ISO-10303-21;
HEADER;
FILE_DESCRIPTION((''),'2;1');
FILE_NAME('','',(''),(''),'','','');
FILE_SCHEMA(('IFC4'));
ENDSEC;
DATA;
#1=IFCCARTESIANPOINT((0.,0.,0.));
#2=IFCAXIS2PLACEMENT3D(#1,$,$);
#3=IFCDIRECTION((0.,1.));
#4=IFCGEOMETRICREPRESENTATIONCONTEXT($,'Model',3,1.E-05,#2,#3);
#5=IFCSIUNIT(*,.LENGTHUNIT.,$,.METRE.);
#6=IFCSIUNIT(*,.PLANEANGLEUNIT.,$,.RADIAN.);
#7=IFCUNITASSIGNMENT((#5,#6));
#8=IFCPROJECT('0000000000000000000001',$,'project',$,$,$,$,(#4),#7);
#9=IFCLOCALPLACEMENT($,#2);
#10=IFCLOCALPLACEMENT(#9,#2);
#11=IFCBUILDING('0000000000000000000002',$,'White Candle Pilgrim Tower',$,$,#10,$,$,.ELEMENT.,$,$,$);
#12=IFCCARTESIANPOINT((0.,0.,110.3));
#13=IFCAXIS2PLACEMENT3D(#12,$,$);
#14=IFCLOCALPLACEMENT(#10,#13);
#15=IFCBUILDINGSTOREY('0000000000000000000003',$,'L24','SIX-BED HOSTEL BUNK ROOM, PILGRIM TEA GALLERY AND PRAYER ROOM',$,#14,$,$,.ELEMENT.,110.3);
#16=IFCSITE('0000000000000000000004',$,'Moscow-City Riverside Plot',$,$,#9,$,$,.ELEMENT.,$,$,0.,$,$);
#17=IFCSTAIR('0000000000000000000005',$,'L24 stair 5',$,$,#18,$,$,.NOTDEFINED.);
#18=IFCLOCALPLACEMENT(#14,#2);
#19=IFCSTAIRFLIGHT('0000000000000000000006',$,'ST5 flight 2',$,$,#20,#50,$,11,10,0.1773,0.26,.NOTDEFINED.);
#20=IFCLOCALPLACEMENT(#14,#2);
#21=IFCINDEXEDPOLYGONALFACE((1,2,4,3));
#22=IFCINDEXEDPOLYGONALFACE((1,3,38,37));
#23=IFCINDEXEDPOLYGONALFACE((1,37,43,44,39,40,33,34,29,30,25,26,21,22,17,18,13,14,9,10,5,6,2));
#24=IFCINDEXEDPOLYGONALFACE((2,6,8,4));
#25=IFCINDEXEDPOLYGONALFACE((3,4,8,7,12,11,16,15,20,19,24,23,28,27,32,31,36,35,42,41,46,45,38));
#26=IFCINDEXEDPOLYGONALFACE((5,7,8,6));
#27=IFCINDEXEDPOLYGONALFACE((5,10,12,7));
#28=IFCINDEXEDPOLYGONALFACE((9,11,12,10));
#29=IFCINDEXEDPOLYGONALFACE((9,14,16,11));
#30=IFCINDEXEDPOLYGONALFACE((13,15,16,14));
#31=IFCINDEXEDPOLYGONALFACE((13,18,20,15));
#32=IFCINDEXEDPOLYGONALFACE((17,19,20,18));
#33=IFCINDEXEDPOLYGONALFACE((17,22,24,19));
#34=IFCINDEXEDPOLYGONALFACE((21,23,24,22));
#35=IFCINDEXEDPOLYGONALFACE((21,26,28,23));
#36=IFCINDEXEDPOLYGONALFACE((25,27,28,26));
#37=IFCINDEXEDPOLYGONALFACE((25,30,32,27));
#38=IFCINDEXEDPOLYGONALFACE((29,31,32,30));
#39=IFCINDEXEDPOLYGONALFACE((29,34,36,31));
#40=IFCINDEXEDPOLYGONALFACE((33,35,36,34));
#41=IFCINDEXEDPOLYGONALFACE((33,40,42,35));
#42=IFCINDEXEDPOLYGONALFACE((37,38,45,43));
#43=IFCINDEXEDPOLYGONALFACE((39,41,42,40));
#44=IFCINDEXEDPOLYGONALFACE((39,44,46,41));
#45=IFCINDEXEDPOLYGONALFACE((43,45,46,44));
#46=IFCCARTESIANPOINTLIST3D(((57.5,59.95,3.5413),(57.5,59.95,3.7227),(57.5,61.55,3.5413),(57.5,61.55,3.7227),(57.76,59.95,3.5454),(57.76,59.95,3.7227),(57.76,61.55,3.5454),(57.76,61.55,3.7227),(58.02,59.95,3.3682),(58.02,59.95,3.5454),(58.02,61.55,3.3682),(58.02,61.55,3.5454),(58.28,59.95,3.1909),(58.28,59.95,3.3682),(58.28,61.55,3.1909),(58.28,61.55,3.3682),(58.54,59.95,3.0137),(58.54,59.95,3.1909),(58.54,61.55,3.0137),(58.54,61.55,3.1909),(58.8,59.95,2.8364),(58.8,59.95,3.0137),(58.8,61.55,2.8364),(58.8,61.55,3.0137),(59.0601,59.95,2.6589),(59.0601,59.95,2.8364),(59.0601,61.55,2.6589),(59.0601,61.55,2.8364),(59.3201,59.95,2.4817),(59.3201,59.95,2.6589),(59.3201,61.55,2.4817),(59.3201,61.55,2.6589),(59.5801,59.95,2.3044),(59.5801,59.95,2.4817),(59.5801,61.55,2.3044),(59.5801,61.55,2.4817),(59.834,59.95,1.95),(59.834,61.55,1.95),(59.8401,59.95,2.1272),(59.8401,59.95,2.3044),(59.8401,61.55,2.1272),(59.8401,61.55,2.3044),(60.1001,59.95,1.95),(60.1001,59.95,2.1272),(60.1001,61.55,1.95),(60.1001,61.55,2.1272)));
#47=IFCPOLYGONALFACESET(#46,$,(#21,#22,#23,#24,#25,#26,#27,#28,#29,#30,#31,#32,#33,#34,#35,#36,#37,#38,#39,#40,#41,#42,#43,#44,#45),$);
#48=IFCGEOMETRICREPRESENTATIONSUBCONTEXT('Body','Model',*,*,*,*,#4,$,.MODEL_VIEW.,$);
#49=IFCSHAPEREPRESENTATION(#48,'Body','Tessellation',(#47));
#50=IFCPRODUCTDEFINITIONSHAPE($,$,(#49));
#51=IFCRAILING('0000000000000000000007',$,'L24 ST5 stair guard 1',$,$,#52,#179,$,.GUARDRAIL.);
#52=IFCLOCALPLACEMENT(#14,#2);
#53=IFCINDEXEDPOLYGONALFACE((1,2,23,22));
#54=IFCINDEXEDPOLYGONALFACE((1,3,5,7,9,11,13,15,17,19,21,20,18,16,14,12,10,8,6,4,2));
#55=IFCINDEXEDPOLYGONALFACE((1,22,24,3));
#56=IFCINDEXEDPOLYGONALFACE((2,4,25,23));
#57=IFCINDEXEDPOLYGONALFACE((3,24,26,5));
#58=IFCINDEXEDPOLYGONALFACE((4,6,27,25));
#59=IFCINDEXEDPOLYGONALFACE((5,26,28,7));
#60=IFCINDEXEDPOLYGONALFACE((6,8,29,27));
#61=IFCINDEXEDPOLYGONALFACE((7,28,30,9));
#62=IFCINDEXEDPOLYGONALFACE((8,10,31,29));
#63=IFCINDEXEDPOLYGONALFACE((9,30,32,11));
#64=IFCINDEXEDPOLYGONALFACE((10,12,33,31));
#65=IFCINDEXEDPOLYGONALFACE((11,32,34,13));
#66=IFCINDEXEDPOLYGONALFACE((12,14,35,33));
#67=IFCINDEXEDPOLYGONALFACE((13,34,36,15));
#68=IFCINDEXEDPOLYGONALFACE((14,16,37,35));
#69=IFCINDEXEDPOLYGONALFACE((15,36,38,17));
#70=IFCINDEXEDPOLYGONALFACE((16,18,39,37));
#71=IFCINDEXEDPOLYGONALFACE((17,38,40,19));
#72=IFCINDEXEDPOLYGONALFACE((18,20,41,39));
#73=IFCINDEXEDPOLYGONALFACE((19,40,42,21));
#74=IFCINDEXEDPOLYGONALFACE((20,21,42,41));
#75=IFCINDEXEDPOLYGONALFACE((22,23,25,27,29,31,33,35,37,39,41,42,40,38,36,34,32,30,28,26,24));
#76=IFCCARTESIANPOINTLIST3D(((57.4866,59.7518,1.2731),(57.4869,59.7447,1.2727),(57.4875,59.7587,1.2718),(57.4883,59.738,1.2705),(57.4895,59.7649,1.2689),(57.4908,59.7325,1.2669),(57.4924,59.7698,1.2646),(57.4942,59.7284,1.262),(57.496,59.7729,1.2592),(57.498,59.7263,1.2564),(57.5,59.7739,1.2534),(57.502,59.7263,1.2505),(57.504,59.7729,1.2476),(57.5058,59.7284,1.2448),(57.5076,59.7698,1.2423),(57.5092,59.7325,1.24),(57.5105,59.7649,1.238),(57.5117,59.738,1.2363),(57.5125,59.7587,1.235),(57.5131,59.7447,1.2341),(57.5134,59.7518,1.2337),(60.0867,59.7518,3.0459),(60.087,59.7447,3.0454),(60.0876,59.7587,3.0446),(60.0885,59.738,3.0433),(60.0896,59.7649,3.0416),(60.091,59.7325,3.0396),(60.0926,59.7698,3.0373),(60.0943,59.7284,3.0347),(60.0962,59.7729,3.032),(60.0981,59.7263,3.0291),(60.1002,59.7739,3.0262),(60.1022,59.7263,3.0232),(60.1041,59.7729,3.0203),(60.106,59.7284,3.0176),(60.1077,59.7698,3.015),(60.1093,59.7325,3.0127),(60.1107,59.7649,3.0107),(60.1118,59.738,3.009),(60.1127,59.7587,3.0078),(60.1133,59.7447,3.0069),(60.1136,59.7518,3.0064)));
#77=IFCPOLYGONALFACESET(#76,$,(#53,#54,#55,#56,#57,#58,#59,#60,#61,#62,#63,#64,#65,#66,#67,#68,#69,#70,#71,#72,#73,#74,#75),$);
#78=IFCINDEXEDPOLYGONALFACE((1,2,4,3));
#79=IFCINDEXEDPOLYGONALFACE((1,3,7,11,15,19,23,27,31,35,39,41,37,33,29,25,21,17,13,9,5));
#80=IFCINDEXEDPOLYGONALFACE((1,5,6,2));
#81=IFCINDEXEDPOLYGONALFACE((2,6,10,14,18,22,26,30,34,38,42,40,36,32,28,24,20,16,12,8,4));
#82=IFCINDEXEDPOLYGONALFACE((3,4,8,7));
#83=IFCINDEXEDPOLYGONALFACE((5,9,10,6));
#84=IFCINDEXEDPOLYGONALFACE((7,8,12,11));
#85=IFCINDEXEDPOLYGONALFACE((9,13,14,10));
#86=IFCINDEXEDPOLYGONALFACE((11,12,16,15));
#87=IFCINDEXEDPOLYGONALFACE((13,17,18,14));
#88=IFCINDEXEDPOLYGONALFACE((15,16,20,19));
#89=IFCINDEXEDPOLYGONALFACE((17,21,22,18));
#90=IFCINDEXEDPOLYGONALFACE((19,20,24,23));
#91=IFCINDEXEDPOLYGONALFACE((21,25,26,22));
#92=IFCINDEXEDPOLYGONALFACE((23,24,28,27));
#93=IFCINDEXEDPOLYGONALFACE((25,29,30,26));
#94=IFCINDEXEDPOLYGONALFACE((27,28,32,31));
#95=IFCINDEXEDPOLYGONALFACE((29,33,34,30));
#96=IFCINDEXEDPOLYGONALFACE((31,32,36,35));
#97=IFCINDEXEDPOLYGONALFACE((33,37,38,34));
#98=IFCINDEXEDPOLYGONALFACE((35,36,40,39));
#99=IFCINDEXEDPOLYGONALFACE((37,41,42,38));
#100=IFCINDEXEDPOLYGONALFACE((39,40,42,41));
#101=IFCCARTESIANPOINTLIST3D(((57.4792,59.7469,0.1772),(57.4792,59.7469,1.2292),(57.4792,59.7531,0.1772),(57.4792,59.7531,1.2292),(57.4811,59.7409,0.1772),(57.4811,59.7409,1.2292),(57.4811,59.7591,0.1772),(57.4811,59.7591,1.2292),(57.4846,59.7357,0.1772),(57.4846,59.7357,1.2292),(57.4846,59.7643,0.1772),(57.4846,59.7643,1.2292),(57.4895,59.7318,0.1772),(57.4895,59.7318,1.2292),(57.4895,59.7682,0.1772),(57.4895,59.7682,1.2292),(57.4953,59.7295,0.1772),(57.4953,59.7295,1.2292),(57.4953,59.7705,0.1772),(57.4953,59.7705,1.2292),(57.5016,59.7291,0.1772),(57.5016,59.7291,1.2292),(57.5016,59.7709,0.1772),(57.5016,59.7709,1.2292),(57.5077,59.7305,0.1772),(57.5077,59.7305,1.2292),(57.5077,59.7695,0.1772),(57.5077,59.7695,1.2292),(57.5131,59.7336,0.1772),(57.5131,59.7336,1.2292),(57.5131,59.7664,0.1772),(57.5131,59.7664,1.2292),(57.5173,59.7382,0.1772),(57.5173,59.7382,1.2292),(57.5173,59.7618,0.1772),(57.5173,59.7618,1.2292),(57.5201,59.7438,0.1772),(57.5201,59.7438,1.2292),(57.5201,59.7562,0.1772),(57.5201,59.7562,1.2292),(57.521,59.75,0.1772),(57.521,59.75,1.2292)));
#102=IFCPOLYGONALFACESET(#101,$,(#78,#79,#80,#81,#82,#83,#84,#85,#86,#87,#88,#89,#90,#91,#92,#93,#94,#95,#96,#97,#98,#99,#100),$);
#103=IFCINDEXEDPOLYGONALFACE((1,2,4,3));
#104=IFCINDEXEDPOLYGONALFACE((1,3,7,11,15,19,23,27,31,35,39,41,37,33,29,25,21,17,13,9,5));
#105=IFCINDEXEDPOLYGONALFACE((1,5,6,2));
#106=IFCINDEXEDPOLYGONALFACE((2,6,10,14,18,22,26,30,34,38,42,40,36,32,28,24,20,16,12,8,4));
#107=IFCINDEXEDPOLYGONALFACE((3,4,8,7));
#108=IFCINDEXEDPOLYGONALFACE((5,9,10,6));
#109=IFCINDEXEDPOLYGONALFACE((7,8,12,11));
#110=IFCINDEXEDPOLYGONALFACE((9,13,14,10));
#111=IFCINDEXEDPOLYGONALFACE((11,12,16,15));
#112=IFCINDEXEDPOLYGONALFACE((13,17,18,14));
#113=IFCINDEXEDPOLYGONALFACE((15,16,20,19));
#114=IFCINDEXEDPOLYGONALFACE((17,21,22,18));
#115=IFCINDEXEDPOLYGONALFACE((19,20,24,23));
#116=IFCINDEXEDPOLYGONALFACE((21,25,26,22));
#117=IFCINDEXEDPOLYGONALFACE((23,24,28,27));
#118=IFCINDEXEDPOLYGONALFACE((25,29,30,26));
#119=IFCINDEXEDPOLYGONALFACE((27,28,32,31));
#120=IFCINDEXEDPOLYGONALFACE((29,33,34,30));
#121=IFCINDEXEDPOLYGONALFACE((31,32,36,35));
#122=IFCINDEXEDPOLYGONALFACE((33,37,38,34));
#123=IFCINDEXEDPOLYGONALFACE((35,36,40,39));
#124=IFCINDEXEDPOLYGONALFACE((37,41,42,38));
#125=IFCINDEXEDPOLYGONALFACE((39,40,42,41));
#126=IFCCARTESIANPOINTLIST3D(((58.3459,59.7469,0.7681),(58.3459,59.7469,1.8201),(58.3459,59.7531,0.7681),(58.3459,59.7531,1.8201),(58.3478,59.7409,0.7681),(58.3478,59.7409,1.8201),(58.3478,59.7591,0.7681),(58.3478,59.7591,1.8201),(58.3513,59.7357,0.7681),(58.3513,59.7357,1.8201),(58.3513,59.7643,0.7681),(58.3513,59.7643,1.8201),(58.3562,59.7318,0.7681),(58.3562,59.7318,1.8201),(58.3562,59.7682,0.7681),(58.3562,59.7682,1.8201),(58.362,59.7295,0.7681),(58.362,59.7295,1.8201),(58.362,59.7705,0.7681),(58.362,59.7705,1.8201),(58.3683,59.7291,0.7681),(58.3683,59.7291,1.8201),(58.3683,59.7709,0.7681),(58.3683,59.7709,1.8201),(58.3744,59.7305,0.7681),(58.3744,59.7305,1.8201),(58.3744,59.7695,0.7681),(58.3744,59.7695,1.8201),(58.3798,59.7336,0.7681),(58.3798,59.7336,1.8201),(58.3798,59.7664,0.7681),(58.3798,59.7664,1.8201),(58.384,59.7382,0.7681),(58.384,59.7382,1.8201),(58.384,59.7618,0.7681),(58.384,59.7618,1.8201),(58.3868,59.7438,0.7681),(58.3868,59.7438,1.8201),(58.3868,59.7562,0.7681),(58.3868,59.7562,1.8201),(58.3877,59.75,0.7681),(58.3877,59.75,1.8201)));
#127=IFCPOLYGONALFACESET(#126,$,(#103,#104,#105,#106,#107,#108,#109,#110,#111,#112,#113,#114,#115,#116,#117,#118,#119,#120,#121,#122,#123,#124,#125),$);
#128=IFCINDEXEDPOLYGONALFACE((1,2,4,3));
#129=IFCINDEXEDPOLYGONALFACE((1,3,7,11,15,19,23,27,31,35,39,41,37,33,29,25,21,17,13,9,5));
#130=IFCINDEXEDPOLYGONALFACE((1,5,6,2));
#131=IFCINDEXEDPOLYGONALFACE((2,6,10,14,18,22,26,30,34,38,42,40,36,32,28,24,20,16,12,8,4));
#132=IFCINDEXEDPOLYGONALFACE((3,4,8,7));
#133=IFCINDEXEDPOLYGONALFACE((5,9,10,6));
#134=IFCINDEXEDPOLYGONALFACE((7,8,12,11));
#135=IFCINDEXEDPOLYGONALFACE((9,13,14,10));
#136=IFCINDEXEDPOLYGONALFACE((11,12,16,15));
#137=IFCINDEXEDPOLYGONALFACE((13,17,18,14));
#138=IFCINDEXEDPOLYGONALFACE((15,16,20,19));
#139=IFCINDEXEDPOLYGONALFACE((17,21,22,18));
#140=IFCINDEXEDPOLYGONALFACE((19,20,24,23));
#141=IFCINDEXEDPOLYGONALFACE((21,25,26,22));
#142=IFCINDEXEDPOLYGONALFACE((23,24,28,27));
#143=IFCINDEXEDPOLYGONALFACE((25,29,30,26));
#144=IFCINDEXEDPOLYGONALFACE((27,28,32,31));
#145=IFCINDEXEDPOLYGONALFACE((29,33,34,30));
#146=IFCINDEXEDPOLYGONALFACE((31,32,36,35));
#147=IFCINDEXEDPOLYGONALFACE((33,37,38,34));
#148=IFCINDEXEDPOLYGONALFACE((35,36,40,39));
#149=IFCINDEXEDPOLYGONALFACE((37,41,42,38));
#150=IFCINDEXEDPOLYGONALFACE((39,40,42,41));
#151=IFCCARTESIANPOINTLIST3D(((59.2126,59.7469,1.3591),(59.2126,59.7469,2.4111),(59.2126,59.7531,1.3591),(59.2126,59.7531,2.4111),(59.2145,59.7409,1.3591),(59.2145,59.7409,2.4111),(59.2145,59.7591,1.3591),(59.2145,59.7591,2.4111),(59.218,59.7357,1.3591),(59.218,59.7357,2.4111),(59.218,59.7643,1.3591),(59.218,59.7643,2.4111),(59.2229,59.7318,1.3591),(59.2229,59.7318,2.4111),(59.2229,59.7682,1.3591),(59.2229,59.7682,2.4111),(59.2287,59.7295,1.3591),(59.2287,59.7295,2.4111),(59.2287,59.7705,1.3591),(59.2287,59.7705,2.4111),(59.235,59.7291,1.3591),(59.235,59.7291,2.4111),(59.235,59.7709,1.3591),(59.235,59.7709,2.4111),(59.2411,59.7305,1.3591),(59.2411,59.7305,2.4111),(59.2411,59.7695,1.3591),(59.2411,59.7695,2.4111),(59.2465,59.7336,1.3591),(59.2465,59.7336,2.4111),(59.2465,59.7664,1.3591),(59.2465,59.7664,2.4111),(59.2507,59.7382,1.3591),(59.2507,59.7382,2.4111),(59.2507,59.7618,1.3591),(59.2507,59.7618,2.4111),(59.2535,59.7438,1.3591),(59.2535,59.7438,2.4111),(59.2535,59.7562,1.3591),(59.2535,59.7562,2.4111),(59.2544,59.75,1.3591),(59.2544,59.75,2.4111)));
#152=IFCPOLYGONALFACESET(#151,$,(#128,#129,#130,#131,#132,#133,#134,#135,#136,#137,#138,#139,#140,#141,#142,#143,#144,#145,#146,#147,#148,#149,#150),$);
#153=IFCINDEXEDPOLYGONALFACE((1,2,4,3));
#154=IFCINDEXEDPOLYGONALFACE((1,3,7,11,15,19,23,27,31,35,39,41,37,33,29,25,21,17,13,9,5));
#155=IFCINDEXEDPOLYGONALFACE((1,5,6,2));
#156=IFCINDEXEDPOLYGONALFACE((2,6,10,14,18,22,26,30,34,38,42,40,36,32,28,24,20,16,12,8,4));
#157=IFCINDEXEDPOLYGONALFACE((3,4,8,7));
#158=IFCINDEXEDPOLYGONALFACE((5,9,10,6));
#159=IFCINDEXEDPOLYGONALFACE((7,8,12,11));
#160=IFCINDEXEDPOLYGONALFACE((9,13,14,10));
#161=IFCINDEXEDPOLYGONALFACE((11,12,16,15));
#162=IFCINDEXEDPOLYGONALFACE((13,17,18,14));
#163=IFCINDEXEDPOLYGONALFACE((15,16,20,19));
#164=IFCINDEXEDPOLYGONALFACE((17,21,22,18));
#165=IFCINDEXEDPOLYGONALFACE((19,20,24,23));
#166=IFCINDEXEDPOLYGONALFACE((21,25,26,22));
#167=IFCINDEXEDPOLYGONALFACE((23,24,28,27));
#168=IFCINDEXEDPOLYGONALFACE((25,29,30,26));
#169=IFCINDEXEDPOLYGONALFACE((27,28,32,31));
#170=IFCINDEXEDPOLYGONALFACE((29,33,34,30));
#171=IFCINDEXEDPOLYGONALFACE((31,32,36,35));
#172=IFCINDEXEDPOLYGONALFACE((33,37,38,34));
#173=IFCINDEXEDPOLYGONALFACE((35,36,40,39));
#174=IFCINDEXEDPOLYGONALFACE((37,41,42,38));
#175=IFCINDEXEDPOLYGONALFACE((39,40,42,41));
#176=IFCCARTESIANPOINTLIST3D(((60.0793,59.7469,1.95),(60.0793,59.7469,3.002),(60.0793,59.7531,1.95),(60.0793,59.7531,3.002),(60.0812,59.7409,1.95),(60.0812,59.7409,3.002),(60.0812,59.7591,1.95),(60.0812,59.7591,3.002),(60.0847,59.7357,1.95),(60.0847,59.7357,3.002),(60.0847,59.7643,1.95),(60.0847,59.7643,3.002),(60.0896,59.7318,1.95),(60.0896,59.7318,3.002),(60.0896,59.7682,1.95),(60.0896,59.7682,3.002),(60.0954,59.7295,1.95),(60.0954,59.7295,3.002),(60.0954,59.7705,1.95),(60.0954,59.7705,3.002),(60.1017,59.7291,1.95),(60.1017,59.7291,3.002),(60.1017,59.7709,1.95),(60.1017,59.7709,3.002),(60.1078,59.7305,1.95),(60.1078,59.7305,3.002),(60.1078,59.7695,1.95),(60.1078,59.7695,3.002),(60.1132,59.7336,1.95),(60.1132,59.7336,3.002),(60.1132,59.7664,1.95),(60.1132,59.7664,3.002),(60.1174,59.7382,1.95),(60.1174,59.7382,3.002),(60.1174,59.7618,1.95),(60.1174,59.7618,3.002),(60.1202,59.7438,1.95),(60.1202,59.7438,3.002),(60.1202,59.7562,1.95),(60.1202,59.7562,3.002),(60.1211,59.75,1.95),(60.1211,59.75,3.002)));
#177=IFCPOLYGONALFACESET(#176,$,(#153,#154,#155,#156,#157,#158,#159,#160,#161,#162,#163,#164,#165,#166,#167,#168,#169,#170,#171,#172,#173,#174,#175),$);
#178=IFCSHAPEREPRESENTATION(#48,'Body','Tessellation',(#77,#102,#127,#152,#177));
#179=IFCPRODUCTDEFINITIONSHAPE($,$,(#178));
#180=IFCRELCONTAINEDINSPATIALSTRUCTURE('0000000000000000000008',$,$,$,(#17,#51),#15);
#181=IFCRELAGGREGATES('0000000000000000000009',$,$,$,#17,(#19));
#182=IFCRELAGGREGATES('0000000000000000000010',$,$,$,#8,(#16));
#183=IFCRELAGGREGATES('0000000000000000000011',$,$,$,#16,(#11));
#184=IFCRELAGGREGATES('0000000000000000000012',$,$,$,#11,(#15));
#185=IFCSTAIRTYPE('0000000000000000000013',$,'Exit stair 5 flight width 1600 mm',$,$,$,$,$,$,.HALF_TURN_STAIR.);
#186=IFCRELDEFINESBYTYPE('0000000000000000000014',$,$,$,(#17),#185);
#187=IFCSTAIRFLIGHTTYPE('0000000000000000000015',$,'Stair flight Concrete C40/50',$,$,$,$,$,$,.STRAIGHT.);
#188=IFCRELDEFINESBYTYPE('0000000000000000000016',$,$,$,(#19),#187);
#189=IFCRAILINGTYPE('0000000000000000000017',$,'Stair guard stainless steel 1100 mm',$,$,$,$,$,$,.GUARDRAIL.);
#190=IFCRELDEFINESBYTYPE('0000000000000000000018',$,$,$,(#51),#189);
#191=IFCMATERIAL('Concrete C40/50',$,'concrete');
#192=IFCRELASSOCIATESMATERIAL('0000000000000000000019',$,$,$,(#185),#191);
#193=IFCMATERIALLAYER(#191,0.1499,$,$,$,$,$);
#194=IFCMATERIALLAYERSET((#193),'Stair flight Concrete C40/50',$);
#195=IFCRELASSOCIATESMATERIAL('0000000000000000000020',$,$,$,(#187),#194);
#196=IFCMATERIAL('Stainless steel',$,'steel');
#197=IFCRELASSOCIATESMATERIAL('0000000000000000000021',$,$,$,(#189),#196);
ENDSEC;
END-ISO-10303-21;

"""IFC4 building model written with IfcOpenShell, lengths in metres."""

from ifc_helpers import new_model, si_unit, direction, frame, origin, origin_2d, place, context, subcontext, project, spatial, polyline, circle, outline, extrude, material, layer, layer_set, type_object, element, aggregate, save


model = new_model("IFC4")

# Units and contexts
model_context = context("Model", 3, precision=1e-05, world=origin(), true_north=direction((0.0, 1.0)))
body_context = subcontext(model_context, "Body", "Model", "MODEL_VIEW")
ifc_project = project(units=[si_unit("LENGTHUNIT", "METRE"), si_unit("PLANEANGLEUNIT", "RADIAN")], contexts=[model_context])

# Site, building, storey
site_placement = place(None, origin())
site = spatial("IfcSite", under=ifc_project, at=site_placement, Name="Moscow-City Riverside Plot", CompositionType="ELEMENT", RefElevation=0.0)
building_placement = place(site_placement, origin())
building = spatial("IfcBuilding", under=site, at=building_placement, Name="White Candle Pilgrim Tower", CompositionType="ELEMENT")
storey_placement = place(building_placement, frame((0.0, 0.0, 110.3)))
storey = spatial("IfcBuildingStorey", under=building, at=storey_placement, Name="L24", Description="SIX-BED HOSTEL BUNK ROOM, PILGRIM TEA GALLERY AND PRAYER ROOM", CompositionType="ELEMENT", Elevation=110.3)

# Stair, stair flight
ifc_material_1 = material(Name="Concrete C40/50", Category="concrete")
stair_type = type_object("IfcStairType", Name="Exit stair 5 flight width 1600 mm", PredefinedType="HALF_TURN_STAIR", material=ifc_material_1)
stair_placement = place(storey_placement, origin())
stair = element("IfcStair", 1, at=stair_placement, inside=storey, type_object=stair_type, Name="L24 stair 5", PredefinedType="NOTDEFINED")
ifc_layer_1 = layer(ifc_material_1, 0.1499)
ifc_layer_set_1 = layer_set([ifc_layer_1], Name="Stair flight Concrete C40/50")
stair_flight_type = type_object("IfcStairFlightType", Name="Stair flight Concrete C40/50", PredefinedType="STRAIGHT", material=ifc_layer_set_1)
stair_flight_1_placement = place(storey_placement, frame((60.1001, 60.75, 1.95), z_axis=(0.0, 0.0, 1.0), x_axis=(-1.0, 0.0, 0.0)))
stair_flight_1 = element("IfcStairFlight", 2, at=stair_flight_1_placement, type_object=stair_flight_type, Name="ST5 flight 2", NumberOfRisers=11, NumberOfTreads=10, PredefinedType="NOTDEFINED", RiserHeight=0.1773, TreadLength=0.26, context=body_context, shape_type="SweptSolid", body=[
    extrude(outline(polyline([(0.0, 0.0), (0.0, 0.1772), (0.26, 0.1772), (0.26, 0.3545), (0.52, 0.3545), (0.52, 0.5317), (0.78, 0.5317), (0.78, 0.709), (1.04, 0.709), (1.04, 0.8865), (1.3, 0.8865), (1.3, 1.0637), (1.5601, 1.0637), (1.5601, 1.241), (1.8201, 1.241), (1.8201, 1.4182), (2.0801, 1.4182), (2.0801, 1.5955), (2.3401, 1.5955), (2.3401, 1.7727), (2.6001, 1.7727), (2.6001, 1.95), (2.6001, 1.5913), (0.2661, 0.0), (0.0, 0.0)])), frame((0.0, 0.8, 0.0), z_axis=(0.0, -1.0, 0.0), x_axis=(1.0, 0.0, 0.0)), (0.0, 0.0, 1.0), 1.6001),
])
aggregate(stair, [stair_flight_1])

# Railing
ifc_material_2 = material(Name="Stainless steel", Category="steel")
railing_type_1 = type_object("IfcRailingType", Name="Stair guard stainless steel 1100 mm", PredefinedType="GUARDRAIL", material=ifc_material_2)
railing_1_placement = place(storey_placement, frame((57.5, 59.75, 0.1772)))
element("IfcRailing", 3, at=railing_1_placement, inside=storey, type_object=railing_type_1, Name="L24 ST5 stair guard 1", PredefinedType="GUARDRAIL", context=body_context, shape_type="SweptSolid", body=[
    extrude(circle(Radius=0.0239, at=origin_2d()), frame((0.0, 0.0, 1.0762), z_axis=(0.82624, 0.0, 0.563318), x_axis=(0.0, 1.0, 0.0)), (0.0, 0.0, 1.0), 3.147),
    extrude(circle(Radius=0.021, at=origin_2d()), origin(), (0.0, 0.0, 1.0), 1.052),
    extrude(circle(Radius=0.021, at=origin_2d()), frame((0.8667, 0.0, 0.5908)), (0.0, 0.0, 1.0), 1.052),
    extrude(circle(Radius=0.021, at=origin_2d()), frame((1.7334, 0.0, 1.1819)), (0.0, 0.0, 1.0), 1.052),
    extrude(circle(Radius=0.021, at=origin_2d()), frame((2.6001, 0.0, 1.7727)), (0.0, 0.0, 1.0), 1.052),
])

save(model, "model.ifc")
